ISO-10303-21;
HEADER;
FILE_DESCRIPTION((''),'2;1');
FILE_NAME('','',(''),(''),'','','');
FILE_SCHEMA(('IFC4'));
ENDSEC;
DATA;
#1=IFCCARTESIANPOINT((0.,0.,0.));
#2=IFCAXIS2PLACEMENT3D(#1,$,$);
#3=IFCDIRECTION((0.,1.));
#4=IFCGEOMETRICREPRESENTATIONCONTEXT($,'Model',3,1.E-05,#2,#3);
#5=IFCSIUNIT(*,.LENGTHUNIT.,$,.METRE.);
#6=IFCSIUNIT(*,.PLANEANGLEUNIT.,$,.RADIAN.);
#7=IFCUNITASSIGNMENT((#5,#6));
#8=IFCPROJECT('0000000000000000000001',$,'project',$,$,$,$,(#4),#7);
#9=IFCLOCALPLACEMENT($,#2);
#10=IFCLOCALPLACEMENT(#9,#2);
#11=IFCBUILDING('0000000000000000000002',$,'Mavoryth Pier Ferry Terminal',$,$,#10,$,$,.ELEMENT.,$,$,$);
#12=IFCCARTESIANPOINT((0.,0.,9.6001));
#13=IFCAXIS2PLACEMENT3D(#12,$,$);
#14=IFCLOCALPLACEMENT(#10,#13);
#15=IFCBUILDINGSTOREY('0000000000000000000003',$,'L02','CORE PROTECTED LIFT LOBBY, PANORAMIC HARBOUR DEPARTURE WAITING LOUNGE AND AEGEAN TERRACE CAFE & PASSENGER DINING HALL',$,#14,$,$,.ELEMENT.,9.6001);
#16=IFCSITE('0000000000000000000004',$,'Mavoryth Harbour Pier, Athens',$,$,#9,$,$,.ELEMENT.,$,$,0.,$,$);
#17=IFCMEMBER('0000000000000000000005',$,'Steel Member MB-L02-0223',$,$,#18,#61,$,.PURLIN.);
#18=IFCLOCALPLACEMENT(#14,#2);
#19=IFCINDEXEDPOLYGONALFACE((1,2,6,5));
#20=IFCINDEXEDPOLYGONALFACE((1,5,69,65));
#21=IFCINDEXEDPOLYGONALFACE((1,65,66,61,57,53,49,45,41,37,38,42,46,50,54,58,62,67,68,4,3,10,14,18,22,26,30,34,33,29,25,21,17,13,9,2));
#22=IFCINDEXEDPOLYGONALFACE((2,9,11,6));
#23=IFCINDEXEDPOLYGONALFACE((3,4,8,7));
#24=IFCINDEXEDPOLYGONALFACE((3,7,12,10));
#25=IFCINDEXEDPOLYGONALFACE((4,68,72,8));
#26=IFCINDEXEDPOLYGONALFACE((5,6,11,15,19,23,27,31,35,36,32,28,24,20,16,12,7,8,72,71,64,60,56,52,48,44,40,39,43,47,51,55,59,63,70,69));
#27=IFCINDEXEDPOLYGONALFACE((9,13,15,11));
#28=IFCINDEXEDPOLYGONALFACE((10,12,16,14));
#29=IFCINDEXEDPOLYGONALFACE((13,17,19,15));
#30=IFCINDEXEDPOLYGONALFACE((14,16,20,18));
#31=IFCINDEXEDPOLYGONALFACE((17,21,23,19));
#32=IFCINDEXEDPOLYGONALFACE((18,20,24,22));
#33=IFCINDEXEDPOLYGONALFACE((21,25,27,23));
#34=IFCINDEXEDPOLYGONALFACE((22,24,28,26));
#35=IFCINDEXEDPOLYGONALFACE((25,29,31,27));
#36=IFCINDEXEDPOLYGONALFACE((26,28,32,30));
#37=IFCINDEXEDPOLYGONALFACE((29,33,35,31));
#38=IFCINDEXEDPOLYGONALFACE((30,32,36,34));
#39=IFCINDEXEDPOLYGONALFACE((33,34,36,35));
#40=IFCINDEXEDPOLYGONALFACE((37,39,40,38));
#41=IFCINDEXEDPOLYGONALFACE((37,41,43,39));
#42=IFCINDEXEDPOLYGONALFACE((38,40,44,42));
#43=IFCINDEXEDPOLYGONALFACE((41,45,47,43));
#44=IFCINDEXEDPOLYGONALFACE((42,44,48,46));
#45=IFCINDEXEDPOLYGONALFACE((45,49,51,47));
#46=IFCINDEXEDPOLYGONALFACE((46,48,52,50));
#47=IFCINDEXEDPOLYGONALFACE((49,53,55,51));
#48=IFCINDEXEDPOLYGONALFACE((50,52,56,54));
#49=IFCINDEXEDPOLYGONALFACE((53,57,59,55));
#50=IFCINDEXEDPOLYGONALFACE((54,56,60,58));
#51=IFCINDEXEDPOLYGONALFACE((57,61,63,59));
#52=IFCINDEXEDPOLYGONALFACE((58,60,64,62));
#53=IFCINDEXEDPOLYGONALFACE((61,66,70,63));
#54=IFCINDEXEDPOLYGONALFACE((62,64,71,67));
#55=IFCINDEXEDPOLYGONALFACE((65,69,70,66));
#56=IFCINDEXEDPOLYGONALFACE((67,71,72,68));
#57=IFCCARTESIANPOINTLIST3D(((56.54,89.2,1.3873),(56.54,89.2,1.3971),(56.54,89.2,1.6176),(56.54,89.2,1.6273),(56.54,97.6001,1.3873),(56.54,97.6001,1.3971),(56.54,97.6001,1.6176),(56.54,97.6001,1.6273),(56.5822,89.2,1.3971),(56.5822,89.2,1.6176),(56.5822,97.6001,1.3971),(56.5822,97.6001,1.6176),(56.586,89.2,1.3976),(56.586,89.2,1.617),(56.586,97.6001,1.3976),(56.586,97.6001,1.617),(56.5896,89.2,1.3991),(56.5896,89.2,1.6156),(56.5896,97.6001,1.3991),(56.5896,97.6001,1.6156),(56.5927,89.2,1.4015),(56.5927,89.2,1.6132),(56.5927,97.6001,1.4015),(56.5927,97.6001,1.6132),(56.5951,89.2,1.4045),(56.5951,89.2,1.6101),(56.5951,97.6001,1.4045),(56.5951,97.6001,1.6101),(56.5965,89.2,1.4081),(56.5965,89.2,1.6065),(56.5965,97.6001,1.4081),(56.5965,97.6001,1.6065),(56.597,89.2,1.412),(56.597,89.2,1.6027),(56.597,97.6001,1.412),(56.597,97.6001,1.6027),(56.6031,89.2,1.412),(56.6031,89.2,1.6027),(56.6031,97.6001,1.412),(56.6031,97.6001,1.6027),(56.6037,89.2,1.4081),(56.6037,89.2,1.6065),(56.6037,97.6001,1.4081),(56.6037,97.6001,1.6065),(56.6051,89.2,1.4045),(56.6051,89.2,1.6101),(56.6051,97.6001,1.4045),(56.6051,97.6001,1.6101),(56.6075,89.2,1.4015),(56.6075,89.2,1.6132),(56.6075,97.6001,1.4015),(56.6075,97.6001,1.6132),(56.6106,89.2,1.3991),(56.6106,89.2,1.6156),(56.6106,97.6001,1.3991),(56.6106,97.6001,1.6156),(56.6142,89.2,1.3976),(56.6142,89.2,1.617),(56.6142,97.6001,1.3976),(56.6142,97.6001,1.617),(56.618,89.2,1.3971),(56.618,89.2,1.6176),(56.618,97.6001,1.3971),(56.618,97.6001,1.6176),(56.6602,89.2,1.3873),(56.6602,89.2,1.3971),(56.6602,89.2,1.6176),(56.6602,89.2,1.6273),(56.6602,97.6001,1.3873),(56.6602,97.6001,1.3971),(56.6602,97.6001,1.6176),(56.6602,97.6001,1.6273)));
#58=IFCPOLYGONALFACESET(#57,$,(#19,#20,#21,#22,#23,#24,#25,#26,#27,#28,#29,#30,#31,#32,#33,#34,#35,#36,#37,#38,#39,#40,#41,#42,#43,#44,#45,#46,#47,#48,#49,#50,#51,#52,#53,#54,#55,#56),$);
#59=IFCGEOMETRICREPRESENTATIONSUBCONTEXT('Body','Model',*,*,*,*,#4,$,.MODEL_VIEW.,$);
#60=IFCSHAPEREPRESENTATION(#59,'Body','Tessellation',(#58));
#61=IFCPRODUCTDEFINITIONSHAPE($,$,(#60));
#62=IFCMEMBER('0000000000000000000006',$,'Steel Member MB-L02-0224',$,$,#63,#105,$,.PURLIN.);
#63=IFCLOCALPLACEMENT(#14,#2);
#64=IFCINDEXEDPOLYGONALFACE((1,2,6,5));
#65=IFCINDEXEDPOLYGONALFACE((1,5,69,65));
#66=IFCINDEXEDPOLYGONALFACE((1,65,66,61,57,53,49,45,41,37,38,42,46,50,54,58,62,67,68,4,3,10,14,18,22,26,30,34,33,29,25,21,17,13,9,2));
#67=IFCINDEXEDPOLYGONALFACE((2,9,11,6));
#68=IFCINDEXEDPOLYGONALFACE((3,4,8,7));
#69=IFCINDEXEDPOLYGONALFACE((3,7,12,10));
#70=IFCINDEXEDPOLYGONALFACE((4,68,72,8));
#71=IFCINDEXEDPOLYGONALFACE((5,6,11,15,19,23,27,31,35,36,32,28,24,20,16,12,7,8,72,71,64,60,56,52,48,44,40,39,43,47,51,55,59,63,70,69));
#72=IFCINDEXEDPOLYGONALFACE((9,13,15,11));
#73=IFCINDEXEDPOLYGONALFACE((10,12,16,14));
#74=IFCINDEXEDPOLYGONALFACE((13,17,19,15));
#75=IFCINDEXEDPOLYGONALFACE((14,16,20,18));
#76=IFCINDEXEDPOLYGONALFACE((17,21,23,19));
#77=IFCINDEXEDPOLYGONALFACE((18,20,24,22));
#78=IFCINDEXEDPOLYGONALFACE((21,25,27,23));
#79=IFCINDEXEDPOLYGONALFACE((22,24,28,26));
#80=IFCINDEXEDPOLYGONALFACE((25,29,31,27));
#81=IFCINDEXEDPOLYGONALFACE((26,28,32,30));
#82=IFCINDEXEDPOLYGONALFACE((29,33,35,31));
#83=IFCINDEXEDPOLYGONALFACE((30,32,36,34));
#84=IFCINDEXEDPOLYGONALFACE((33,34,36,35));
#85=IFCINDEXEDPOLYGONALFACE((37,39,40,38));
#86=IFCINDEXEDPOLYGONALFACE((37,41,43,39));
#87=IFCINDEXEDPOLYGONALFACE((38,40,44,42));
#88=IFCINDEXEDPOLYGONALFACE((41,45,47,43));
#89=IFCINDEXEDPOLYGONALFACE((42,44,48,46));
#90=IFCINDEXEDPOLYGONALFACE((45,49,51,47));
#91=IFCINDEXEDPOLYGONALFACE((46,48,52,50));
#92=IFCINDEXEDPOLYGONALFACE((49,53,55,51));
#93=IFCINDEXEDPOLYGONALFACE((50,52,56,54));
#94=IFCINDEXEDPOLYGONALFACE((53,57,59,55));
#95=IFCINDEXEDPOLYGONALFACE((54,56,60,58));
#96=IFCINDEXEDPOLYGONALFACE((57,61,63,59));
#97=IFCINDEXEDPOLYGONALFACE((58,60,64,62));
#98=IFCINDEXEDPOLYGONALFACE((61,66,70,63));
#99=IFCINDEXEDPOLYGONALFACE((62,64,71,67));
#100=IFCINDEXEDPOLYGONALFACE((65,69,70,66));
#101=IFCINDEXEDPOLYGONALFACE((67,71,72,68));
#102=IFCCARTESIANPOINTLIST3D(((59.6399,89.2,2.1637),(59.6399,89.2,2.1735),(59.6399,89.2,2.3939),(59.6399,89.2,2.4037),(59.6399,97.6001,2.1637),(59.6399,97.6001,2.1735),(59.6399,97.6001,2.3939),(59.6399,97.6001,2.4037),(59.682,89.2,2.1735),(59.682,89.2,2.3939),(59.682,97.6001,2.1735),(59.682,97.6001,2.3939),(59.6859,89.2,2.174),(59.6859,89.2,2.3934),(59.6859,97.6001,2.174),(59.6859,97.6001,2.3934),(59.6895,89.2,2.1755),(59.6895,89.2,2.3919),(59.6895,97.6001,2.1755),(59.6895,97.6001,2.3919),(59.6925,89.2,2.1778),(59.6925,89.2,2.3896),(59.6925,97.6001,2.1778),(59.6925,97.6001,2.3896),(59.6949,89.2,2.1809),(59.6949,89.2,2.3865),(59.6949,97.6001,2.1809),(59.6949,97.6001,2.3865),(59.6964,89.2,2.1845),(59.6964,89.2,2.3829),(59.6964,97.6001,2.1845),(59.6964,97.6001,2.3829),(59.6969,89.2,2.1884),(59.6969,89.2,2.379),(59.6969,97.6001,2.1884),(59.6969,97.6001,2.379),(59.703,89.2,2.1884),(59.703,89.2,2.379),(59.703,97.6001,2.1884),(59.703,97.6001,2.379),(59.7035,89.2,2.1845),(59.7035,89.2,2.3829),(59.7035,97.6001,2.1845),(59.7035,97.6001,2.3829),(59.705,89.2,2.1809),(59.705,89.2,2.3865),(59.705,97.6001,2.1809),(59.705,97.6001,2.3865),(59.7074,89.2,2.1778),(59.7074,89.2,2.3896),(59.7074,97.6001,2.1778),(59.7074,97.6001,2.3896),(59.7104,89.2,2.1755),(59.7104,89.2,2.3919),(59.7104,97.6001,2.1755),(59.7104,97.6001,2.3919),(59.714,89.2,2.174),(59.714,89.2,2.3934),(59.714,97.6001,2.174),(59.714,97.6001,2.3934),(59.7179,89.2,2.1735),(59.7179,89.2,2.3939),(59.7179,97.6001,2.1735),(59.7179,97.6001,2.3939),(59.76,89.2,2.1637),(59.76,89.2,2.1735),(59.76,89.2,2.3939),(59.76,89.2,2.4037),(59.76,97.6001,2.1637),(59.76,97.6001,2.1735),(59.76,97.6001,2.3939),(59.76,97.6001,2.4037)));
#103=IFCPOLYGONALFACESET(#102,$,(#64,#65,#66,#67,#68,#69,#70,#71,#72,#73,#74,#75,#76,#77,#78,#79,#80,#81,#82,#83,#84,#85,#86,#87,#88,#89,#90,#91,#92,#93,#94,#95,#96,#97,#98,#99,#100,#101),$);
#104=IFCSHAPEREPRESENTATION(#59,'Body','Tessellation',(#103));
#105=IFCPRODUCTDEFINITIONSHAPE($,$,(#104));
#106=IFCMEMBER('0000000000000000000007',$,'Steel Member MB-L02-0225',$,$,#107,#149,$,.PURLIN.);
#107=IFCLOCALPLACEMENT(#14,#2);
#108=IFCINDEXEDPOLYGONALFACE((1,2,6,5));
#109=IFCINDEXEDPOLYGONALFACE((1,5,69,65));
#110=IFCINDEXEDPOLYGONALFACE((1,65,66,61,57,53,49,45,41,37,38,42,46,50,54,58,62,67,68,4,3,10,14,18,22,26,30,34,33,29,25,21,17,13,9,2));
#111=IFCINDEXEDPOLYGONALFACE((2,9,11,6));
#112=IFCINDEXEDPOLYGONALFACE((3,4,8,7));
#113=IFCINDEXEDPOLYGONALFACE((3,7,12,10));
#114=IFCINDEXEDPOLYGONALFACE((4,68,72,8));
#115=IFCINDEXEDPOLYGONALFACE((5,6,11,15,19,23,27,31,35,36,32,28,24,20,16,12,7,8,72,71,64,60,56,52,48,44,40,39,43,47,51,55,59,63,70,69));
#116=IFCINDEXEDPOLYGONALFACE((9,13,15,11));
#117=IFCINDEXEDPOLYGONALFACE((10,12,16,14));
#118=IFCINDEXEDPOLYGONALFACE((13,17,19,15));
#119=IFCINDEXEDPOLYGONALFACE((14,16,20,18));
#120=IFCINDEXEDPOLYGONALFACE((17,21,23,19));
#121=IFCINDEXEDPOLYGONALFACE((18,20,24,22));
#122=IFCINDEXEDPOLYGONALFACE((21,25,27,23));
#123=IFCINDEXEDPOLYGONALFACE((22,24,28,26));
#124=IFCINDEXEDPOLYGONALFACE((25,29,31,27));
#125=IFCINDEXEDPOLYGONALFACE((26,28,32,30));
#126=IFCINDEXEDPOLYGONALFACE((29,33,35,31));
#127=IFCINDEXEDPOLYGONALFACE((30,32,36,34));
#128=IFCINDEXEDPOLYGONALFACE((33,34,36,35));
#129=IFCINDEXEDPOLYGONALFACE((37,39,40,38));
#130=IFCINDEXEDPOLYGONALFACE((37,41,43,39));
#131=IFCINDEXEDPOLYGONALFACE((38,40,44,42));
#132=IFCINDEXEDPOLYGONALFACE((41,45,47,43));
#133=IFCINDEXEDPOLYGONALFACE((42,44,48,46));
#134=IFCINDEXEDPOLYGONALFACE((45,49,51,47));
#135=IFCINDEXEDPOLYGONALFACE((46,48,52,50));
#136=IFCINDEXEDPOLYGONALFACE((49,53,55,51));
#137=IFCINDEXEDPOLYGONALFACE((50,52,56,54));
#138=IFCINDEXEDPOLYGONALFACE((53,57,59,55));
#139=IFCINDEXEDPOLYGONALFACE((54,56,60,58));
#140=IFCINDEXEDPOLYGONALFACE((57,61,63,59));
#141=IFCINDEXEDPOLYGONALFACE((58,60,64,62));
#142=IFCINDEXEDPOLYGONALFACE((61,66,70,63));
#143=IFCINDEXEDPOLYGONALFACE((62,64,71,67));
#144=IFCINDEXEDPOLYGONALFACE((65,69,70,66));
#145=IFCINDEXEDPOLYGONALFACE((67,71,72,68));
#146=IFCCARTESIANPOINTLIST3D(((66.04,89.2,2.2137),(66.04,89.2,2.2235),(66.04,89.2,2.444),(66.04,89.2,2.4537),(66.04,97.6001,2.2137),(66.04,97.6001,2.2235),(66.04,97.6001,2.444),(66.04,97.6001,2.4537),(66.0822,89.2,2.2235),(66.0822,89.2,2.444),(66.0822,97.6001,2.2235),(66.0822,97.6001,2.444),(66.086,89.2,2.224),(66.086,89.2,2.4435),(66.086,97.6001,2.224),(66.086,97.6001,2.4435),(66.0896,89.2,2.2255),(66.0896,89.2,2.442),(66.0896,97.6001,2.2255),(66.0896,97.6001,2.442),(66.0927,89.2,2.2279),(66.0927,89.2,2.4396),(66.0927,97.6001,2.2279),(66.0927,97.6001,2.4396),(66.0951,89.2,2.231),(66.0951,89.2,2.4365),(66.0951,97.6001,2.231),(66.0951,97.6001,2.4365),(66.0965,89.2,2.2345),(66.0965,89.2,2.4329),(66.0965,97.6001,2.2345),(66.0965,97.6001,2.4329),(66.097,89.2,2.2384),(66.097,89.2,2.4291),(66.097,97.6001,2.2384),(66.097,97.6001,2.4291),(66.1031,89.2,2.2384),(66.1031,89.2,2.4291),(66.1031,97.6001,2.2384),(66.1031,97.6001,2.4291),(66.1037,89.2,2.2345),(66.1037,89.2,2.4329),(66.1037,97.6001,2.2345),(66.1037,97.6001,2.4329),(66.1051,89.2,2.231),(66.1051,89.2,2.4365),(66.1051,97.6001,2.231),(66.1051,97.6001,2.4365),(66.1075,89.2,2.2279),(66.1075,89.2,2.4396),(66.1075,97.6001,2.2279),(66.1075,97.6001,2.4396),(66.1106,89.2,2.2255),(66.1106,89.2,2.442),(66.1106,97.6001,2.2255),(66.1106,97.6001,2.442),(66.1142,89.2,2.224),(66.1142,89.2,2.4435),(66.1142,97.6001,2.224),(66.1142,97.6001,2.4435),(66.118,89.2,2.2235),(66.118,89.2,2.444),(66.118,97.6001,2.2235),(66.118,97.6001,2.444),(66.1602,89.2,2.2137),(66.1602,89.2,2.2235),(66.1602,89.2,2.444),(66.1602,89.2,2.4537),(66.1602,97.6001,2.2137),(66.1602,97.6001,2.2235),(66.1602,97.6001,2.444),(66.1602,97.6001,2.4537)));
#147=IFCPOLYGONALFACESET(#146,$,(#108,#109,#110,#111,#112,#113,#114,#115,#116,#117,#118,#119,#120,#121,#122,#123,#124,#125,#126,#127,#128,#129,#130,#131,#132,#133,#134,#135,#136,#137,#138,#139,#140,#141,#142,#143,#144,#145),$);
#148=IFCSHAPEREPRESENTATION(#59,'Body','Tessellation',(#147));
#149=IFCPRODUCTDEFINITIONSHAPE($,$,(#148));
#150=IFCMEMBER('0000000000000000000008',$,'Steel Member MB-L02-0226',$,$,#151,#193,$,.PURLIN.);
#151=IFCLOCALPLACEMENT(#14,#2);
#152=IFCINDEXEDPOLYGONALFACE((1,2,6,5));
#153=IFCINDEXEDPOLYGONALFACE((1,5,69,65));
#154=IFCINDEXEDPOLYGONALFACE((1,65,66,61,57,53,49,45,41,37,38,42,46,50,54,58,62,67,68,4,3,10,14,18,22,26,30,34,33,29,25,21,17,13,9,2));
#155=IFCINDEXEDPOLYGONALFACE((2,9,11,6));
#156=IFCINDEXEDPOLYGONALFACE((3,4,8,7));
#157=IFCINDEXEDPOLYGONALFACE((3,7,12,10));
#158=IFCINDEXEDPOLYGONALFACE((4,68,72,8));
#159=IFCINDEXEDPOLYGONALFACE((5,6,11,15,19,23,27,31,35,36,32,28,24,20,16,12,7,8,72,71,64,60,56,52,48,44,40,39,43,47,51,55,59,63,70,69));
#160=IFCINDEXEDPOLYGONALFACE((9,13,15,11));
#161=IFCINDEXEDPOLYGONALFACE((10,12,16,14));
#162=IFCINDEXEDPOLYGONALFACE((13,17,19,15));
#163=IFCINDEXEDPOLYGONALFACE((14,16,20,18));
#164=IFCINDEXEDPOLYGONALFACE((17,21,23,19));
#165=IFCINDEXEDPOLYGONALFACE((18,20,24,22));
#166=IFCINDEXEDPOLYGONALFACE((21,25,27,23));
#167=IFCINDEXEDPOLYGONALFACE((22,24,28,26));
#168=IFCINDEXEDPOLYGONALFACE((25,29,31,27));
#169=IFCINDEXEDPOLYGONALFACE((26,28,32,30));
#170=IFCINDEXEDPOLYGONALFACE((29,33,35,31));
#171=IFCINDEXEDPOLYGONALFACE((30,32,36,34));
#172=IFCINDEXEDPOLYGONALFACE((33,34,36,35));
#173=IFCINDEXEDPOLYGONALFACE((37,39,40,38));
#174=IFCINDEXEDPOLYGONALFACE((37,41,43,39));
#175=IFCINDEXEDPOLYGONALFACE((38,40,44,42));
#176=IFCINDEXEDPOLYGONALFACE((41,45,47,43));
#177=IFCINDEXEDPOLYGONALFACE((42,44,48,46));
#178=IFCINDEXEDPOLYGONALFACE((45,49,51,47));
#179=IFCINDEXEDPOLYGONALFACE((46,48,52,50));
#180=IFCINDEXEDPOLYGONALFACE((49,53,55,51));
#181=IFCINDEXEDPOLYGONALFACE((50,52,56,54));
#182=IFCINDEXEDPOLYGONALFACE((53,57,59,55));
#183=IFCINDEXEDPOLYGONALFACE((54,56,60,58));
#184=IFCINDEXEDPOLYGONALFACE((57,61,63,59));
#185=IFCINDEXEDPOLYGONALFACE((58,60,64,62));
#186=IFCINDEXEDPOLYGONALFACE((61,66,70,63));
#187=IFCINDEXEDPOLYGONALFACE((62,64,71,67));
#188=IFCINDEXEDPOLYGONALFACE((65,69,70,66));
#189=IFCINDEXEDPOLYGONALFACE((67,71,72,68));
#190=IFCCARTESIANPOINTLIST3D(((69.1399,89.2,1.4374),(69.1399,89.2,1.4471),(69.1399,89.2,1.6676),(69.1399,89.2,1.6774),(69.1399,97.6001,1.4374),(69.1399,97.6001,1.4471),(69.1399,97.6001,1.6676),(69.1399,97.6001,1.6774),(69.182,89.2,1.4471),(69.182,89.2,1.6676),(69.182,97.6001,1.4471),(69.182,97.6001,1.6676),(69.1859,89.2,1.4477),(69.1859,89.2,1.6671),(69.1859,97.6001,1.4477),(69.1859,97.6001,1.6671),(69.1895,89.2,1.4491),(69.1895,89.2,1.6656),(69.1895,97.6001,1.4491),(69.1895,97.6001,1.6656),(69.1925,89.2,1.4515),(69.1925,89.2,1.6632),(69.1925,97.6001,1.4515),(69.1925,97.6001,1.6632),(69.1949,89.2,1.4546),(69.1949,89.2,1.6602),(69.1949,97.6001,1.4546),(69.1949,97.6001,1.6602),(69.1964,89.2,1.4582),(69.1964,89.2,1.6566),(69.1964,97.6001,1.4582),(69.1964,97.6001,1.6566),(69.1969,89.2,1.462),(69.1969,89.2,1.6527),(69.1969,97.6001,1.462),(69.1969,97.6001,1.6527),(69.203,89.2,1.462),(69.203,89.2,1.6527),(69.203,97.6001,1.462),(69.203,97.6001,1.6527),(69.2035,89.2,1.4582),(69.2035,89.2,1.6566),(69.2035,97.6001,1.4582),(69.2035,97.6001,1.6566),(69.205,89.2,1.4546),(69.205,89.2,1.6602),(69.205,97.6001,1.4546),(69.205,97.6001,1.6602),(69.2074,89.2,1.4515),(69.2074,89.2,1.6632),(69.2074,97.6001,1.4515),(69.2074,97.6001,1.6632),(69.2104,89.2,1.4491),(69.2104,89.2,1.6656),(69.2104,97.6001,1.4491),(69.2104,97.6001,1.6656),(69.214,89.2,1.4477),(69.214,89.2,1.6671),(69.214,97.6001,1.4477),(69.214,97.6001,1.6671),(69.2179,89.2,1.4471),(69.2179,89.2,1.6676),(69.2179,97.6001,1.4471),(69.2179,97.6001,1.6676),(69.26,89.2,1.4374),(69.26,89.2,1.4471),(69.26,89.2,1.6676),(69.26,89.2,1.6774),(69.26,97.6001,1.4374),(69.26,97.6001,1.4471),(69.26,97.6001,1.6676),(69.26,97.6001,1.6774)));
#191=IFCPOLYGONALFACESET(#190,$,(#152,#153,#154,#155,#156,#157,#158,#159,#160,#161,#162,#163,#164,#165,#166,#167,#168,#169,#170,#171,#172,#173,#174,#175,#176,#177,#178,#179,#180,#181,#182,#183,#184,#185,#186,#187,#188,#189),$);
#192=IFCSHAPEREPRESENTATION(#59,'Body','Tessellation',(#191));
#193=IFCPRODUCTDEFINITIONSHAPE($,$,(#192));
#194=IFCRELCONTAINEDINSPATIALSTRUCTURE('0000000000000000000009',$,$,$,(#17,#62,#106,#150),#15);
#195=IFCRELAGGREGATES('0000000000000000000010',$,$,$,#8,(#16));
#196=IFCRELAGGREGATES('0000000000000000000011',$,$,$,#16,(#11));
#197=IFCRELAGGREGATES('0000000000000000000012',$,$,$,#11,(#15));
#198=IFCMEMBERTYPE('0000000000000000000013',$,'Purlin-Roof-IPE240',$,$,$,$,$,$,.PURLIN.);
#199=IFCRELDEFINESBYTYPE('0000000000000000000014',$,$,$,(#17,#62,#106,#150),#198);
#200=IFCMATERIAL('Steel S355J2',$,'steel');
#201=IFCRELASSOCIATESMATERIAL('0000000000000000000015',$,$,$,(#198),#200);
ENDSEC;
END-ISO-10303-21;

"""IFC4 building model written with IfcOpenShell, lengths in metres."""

from ifc_helpers import new_model, si_unit, direction, frame, origin, origin_2d, place, context, subcontext, project, spatial, i_section, extrude, material, material_profile, profile_set, type_object, element, save


model = new_model("IFC4")

# Units and contexts
model_context = context("Model", 3, precision=1e-05, world=origin(), true_north=direction((0.0, 1.0)))
body_context = subcontext(model_context, "Body", "Model", "MODEL_VIEW")
ifc_project = project(units=[si_unit("LENGTHUNIT", "METRE"), si_unit("PLANEANGLEUNIT", "RADIAN")], contexts=[model_context])

# Site, building, storey
site_placement = place(None, origin())
site = spatial("IfcSite", under=ifc_project, at=site_placement, Name="Mavoryth Harbour Pier, Athens", CompositionType="ELEMENT", RefElevation=0.0)
building_placement = place(site_placement, origin())
building = spatial("IfcBuilding", under=site, at=building_placement, Name="Mavoryth Pier Ferry Terminal", CompositionType="ELEMENT")
storey_placement = place(building_placement, frame((0.0, 0.0, 9.6001)))
storey = spatial("IfcBuildingStorey", under=building, at=storey_placement, Name="L02", Description="CORE PROTECTED LIFT LOBBY, PANORAMIC HARBOUR DEPARTURE WAITING LOUNGE AND AEGEAN TERRACE CAFE & PASSENGER DINING HALL", CompositionType="ELEMENT", Elevation=9.6001)

# Members
ifc_material_1 = material(Name="Steel S355J2", Category="steel")
ifc_material_profile_1 = material_profile(ifc_material_1, i_section(OverallWidth=0.1201, OverallDepth=0.24, WebThickness=0.0061, FlangeThickness=0.0098, FilletRadius=0.0149, at=origin_2d()), Name="IPE 240", Category="steel")
ifc_profile_set_1 = profile_set([ifc_material_profile_1], Name="Steel S355J2 - IPE 240")
member_type_1 = type_object("IfcMemberType", Name="Purlin-Roof-IPE240", PredefinedType="PURLIN", material=ifc_profile_set_1)
for number, where, z_axis, x_axis, name in (
    (1, (56.6001, 89.2, 1.5073), (0.0, 1.0, 0.0), (-1.0, 0.0, 0.0), "Steel Member MB-L02-0223"),
    (2, (59.7, 89.2, 2.2837), (0.0, 1.0, 0.0), (-1.0, 0.0, 0.0), "Steel Member MB-L02-0224"),
    (3, (66.1001, 89.2, 2.3337), (0.0, 1.0, 0.0), (-1.0, 0.0, 0.0), "Steel Member MB-L02-0225"),
    (4, (69.2, 89.2, 1.5574), (0.0, 1.0, 0.0), (-1.0, 0.0, 0.0), "Steel Member MB-L02-0226"),
):
    element("IfcMember", number, at=place(storey_placement, frame(where, z_axis=z_axis, x_axis=x_axis)), inside=storey, type_object=member_type_1, Name=name, PredefinedType="PURLIN", context=body_context, shape_type="SweptSolid", body=[
        extrude(i_section(OverallWidth=0.1201, OverallDepth=0.24, WebThickness=0.0061, FlangeThickness=0.0098, FilletRadius=0.0149, at=origin_2d()), origin(), (0.0, 0.0, 1.0), 8.4001),
    ])

save(model, "model.ifc")
